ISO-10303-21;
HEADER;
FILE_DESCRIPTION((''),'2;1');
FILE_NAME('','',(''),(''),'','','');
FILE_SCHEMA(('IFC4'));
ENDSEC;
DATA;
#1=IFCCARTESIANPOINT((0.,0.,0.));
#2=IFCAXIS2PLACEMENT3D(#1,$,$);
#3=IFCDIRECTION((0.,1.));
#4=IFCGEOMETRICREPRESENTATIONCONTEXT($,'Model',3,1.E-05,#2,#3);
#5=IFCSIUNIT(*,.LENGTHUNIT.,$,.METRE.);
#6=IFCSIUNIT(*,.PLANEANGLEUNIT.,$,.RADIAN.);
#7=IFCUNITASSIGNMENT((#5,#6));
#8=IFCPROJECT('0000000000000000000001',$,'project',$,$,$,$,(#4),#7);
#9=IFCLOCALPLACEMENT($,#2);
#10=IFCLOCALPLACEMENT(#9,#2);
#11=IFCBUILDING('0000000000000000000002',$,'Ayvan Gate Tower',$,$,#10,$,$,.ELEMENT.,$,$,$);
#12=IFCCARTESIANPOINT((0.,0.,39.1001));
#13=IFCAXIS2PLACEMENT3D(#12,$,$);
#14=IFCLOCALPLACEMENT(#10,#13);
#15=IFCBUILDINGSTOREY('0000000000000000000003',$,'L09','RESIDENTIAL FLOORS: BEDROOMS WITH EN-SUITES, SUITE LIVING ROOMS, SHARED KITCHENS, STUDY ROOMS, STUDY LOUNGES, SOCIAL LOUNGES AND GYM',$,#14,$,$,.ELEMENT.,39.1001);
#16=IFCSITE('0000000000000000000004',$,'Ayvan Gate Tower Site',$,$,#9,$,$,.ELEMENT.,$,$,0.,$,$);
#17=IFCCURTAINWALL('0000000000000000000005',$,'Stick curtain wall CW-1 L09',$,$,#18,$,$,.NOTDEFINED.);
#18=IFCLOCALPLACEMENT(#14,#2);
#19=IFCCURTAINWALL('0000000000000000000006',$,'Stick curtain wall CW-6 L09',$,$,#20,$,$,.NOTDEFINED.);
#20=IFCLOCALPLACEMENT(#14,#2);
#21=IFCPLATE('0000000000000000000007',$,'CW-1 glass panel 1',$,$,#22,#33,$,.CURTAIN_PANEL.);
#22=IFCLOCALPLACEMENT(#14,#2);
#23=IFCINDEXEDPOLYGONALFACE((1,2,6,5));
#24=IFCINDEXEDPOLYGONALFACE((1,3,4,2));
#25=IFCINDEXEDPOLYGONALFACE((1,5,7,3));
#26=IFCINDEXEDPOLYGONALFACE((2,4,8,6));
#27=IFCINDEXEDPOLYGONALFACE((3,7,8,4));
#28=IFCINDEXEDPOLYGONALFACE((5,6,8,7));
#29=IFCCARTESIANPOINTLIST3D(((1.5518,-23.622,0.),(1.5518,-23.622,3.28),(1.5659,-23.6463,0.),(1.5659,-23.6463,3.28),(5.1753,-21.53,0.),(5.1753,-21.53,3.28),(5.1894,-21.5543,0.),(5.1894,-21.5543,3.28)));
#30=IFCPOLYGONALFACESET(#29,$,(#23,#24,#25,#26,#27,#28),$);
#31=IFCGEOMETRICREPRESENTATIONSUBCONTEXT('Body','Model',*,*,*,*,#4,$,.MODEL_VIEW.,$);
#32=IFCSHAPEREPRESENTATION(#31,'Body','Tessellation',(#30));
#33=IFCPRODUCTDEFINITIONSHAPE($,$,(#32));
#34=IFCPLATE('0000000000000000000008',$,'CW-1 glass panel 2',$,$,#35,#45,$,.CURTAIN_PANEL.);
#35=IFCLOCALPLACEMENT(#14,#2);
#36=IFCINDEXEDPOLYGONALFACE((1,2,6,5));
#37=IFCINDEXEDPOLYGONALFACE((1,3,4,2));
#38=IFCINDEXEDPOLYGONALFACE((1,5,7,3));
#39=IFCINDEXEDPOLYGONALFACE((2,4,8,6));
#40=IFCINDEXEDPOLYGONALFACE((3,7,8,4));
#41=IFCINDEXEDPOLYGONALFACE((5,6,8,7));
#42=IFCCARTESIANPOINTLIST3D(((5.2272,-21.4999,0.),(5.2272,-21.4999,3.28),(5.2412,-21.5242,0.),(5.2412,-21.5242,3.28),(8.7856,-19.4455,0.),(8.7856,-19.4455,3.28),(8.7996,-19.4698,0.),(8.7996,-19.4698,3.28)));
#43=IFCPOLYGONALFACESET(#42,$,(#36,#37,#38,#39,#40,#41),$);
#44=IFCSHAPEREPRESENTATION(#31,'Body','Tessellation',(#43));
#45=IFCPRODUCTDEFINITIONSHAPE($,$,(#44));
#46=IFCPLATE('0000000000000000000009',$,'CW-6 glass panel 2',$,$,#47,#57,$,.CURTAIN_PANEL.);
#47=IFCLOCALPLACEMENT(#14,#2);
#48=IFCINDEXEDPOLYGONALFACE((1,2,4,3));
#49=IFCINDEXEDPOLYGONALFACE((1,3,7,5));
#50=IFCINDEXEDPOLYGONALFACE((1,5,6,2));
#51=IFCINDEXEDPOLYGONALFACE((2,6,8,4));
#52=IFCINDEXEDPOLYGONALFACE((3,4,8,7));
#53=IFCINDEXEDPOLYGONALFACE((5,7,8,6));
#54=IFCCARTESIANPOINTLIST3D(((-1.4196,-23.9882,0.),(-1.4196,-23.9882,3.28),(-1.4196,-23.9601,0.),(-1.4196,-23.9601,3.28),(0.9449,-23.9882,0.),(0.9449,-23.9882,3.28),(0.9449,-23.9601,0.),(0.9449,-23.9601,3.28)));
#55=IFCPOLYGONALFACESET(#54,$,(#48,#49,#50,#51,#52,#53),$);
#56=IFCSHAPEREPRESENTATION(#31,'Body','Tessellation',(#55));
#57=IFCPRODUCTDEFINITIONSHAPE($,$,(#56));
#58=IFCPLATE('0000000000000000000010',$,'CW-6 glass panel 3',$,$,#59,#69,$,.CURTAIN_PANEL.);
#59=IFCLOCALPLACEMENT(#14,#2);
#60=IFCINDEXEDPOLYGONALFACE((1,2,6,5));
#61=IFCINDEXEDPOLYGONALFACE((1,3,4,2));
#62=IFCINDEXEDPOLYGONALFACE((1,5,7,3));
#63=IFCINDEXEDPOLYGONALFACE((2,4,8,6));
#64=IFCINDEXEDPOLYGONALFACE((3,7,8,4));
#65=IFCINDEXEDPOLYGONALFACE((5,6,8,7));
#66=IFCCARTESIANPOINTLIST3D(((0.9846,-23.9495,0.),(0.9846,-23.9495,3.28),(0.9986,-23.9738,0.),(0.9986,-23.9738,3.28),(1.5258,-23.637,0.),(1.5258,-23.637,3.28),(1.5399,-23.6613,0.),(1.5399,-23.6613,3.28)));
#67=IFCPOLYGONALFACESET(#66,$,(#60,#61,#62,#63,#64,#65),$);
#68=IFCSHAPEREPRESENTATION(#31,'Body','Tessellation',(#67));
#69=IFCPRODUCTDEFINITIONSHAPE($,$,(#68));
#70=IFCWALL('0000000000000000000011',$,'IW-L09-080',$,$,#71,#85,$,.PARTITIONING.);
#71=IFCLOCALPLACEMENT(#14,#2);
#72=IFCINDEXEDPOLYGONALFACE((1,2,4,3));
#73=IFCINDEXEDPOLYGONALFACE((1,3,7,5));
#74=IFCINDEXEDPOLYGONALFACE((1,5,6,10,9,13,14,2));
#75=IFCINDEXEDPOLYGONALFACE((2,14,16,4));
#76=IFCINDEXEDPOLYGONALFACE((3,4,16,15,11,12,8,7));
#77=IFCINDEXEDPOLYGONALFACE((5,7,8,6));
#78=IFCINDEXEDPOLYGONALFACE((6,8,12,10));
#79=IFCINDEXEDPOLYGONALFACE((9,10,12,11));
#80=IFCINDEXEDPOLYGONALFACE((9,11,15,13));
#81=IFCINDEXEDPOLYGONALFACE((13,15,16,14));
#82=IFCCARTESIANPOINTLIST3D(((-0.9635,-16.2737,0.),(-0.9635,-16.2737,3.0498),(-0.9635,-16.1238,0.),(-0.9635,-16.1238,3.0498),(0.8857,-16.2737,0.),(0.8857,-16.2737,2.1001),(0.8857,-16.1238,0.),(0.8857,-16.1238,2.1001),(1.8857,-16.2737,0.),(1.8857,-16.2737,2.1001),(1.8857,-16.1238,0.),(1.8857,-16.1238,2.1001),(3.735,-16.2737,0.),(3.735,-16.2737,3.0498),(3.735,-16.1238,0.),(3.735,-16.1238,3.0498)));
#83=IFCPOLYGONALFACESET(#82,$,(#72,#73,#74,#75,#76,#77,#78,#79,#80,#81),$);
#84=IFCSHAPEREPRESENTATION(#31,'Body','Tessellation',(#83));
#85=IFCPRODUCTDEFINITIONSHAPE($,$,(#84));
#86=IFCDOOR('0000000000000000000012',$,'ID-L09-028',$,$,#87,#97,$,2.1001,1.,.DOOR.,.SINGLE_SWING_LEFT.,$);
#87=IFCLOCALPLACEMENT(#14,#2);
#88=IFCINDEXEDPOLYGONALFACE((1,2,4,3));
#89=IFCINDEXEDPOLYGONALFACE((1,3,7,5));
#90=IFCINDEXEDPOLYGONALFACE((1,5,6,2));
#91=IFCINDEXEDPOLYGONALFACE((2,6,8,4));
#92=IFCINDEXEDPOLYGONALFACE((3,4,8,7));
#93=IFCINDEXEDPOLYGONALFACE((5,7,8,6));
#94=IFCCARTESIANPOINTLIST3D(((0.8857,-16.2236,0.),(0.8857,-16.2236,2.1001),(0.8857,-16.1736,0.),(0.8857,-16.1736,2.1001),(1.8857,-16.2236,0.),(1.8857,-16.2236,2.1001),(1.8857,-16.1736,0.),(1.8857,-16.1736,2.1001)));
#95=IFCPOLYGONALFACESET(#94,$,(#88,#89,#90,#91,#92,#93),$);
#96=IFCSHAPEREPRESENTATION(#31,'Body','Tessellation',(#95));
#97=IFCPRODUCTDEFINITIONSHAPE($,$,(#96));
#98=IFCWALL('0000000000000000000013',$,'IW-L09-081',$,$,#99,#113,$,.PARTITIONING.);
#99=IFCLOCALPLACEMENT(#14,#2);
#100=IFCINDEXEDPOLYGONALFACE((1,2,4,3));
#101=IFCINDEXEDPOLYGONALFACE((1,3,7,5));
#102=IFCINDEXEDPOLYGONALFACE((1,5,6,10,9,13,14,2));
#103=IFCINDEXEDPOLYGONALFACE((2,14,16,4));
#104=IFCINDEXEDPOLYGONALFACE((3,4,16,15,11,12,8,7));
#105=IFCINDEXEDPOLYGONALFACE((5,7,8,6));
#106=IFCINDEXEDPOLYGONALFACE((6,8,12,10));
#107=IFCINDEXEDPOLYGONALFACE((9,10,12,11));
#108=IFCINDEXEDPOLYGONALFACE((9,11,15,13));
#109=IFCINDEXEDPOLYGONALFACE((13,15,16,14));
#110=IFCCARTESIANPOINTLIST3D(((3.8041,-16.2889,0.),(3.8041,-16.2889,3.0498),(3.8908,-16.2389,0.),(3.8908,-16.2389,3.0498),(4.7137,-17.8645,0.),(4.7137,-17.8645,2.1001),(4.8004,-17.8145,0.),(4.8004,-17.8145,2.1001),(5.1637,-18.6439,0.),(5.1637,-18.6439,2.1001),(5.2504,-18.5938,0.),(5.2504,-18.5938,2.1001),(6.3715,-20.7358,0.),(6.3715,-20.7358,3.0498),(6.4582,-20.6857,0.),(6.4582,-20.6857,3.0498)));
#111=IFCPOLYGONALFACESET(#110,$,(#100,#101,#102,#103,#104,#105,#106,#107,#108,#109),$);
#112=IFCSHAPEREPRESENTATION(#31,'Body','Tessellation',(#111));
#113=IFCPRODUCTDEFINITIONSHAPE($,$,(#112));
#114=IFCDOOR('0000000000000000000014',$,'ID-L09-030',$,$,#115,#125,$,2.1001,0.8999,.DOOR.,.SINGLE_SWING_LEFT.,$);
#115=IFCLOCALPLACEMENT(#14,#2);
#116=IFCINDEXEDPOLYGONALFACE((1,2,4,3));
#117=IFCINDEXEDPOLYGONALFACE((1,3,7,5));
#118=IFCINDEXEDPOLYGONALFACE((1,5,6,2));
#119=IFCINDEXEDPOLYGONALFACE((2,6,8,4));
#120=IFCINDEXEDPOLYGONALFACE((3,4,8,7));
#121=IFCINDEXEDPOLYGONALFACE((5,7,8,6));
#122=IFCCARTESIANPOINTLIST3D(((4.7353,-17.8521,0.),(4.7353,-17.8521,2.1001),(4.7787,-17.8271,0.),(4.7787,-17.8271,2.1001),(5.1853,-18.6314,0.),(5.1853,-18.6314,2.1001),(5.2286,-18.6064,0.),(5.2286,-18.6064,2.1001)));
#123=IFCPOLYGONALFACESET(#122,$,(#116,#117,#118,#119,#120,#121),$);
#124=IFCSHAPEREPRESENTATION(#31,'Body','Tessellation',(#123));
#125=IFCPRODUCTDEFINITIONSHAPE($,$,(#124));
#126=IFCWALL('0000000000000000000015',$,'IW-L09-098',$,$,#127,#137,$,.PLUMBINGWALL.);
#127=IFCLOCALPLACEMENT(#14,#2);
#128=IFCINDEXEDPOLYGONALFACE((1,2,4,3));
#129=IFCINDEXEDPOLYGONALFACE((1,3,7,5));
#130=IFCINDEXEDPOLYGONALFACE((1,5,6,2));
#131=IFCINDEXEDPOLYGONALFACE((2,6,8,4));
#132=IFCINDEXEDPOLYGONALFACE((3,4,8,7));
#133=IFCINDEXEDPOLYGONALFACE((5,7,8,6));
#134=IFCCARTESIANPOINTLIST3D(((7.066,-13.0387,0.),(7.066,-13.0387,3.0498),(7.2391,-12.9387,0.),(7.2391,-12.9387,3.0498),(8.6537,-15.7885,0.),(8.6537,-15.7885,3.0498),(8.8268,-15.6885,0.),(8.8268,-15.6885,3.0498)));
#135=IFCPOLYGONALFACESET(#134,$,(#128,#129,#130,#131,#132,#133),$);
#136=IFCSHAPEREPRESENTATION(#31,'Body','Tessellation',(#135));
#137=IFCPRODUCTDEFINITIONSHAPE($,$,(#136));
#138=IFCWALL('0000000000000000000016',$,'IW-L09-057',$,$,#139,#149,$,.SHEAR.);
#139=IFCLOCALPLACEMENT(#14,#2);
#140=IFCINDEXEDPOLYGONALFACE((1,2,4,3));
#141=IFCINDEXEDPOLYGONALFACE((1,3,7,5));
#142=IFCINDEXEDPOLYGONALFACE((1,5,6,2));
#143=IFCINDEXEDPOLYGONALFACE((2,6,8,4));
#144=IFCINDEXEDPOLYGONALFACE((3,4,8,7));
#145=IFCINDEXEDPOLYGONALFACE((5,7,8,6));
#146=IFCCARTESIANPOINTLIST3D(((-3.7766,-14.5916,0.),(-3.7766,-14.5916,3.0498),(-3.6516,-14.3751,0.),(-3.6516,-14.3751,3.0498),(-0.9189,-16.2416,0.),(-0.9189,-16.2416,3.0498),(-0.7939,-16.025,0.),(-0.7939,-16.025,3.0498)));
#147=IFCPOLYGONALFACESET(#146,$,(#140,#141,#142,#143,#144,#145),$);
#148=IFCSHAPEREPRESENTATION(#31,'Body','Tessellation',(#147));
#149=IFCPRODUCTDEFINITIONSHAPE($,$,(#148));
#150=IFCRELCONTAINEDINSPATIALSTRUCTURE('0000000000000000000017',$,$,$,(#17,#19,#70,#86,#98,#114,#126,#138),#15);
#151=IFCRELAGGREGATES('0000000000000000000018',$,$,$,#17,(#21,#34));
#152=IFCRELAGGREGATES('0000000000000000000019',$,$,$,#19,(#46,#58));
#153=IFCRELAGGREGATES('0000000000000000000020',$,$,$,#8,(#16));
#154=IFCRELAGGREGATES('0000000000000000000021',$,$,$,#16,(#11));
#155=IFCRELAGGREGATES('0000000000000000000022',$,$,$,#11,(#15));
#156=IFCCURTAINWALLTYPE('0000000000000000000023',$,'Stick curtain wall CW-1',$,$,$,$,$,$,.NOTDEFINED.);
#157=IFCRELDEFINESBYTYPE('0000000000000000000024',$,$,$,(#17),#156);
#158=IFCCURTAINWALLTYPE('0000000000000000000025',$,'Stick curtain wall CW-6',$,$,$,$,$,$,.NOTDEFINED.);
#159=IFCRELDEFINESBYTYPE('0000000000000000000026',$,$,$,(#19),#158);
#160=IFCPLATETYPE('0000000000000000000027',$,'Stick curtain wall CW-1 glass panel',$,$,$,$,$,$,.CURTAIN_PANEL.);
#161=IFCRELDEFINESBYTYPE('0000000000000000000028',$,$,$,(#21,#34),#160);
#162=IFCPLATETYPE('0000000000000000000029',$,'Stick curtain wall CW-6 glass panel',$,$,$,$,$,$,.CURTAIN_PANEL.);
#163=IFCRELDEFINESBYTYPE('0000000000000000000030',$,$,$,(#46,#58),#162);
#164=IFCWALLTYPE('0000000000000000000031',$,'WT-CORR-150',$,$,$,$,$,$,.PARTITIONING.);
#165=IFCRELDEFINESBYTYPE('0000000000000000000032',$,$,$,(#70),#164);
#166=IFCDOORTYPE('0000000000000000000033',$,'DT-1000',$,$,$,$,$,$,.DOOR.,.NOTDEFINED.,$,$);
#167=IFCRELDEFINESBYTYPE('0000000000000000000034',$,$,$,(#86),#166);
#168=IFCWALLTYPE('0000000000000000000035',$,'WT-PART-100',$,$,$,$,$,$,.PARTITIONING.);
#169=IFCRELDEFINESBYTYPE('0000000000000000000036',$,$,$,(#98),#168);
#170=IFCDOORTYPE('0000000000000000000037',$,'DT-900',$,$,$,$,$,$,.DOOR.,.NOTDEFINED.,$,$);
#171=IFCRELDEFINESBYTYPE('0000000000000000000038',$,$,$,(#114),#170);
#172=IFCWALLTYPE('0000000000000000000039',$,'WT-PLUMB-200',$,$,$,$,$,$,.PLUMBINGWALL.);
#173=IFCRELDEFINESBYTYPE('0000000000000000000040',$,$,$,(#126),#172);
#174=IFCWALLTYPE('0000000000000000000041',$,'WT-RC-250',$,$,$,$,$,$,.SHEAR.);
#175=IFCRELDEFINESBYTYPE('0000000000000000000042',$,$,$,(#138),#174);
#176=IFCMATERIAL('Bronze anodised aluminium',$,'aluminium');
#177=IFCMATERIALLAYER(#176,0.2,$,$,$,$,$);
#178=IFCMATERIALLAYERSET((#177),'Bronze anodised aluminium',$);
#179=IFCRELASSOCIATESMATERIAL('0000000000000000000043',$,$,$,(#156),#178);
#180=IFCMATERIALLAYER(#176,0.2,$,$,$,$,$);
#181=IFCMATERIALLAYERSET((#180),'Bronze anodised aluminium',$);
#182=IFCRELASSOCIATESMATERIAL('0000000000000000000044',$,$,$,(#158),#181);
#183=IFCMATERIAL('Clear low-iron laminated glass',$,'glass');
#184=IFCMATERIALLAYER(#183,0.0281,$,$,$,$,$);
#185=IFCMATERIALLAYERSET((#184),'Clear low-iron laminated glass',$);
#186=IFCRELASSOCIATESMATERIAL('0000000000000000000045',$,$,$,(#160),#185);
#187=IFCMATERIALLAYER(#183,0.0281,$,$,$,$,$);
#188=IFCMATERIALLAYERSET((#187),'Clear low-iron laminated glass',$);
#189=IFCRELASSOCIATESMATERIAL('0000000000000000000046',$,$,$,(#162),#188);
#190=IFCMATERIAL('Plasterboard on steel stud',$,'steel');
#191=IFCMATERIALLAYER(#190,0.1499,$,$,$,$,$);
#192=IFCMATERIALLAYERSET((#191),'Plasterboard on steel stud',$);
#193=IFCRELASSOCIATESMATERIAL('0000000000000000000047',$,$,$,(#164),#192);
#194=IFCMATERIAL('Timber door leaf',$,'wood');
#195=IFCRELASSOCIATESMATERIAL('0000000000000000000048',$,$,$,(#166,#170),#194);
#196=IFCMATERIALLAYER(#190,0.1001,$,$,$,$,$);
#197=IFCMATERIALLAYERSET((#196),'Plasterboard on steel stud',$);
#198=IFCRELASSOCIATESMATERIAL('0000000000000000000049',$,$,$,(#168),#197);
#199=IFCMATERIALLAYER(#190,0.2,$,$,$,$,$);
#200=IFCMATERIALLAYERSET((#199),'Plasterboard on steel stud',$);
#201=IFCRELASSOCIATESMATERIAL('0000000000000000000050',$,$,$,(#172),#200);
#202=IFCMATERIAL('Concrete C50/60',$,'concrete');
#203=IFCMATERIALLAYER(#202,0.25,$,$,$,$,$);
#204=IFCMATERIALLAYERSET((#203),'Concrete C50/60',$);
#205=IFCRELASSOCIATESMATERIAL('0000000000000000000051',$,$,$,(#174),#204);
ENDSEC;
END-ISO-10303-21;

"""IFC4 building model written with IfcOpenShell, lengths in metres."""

from ifc_helpers import new_model, si_unit, direction, frame, frame_2d, origin, origin_2d, place, context, subcontext, project, spatial, rectangle, extrude, material, layer, layer_set, type_object, element, fill, aggregate, save


model = new_model("IFC4")

# Units and contexts
model_context = context("Model", 3, precision=1e-05, world=origin(), true_north=direction((0.0, 1.0)))
body_context = subcontext(model_context, "Body", "Model", "MODEL_VIEW")
ifc_project = project(units=[si_unit("LENGTHUNIT", "METRE"), si_unit("PLANEANGLEUNIT", "RADIAN")], contexts=[model_context])

# Site, building, storey
site_placement = place(None, origin())
site = spatial("IfcSite", under=ifc_project, at=site_placement, Name="Ayvan Gate Tower Site", CompositionType="ELEMENT", RefElevation=0.0)
building_placement = place(site_placement, origin())
building = spatial("IfcBuilding", under=site, at=building_placement, Name="Ayvan Gate Tower", CompositionType="ELEMENT")
storey_placement = place(building_placement, frame((0.0, 0.0, 39.1001)))
storey = spatial("IfcBuildingStorey", under=building, at=storey_placement, Name="L09", Description="RESIDENTIAL FLOORS: BEDROOMS WITH EN-SUITES, SUITE LIVING ROOMS, SHARED KITCHENS, STUDY ROOMS, STUDY LOUNGES, SOCIAL LOUNGES AND GYM", CompositionType="ELEMENT", Elevation=39.1001)

# Curtain walls
ifc_material_1 = material(Name="Bronze anodised aluminium", Category="aluminium")
ifc_layer_1 = layer(ifc_material_1, 0.2)
ifc_layer_set_1 = layer_set([ifc_layer_1], Name="Bronze anodised aluminium")
curtain_wall_type_1 = type_object("IfcCurtainWallType", Name="Stick curtain wall CW-1", PredefinedType="NOTDEFINED", material=ifc_layer_set_1)
curtain_wall_1_placement = place(storey_placement, origin())
curtain_wall_1 = element("IfcCurtainWall", 1, at=curtain_wall_1_placement, inside=storey, type_object=curtain_wall_type_1, Name="Stick curtain wall CW-1 L09", PredefinedType="NOTDEFINED")
ifc_layer_2 = layer(ifc_material_1, 0.2)
ifc_layer_set_2 = layer_set([ifc_layer_2], Name="Bronze anodised aluminium")
curtain_wall_type_2 = type_object("IfcCurtainWallType", Name="Stick curtain wall CW-6", PredefinedType="NOTDEFINED", material=ifc_layer_set_2)
curtain_wall_2_placement = place(storey_placement, origin())
curtain_wall_2 = element("IfcCurtainWall", 2, at=curtain_wall_2_placement, inside=storey, type_object=curtain_wall_type_2, Name="Stick curtain wall CW-6 L09", PredefinedType="NOTDEFINED")

# Plates
ifc_material_2 = material(Name="Clear low-iron laminated glass", Category="glass")
ifc_layer_3 = layer(ifc_material_2, 0.0281)
ifc_layer_set_3 = layer_set([ifc_layer_3], Name="Clear low-iron laminated glass")
plate_type_1 = type_object("IfcPlateType", Name="Stick curtain wall CW-1 glass panel", PredefinedType="CURTAIN_PANEL", material=ifc_layer_set_3)
plate_1_placement = place(storey_placement, frame((3.3706, -22.5881, 0.0), z_axis=(0.0, 0.0, 1.0), x_axis=(0.866025, 0.5, 0.0)))
plate_1 = element("IfcPlate", 3, at=plate_1_placement, type_object=plate_type_1, Name="CW-1 glass panel 1", PredefinedType="CURTAIN_PANEL", context=body_context, shape_type="SweptSolid", body=[
    extrude(rectangle(XDim=4.1841, YDim=0.0281, at=origin_2d()), origin(), (0.0, 0.0, 1.0), 3.28),
])
plate_2_placement = place(storey_placement, frame((7.0134, -20.4849, 0.0), z_axis=(0.0, 0.0, 1.0), x_axis=(0.866025, 0.5, 0.0)))
plate_2 = element("IfcPlate", 4, at=plate_2_placement, type_object=plate_type_1, Name="CW-1 glass panel 2", PredefinedType="CURTAIN_PANEL", context=body_context, shape_type="SweptSolid", body=[
    extrude(rectangle(XDim=4.1089, YDim=0.0281, at=origin_2d()), origin(), (0.0, 0.0, 1.0), 3.28),
])
aggregate(curtain_wall_1, [plate_1, plate_2])
ifc_layer_4 = layer(ifc_material_2, 0.0281)
ifc_layer_set_4 = layer_set([ifc_layer_4], Name="Clear low-iron laminated glass")
plate_type_2 = type_object("IfcPlateType", Name="Stick curtain wall CW-6 glass panel", PredefinedType="CURTAIN_PANEL", material=ifc_layer_set_4)
plate_3_placement = place(storey_placement, frame((-0.2373, -23.9741, 0.0), z_axis=(0.0, 0.0, 1.0), x_axis=(1.0, 0.0, 0.0)))
plate_3 = element("IfcPlate", 5, at=plate_3_placement, type_object=plate_type_2, Name="CW-6 glass panel 2", PredefinedType="CURTAIN_PANEL", context=body_context, shape_type="SweptSolid", body=[
    extrude(rectangle(XDim=2.3645, YDim=0.0281, at=origin_2d()), origin(), (0.0, 0.0, 1.0), 3.28),
])
plate_4_placement = place(storey_placement, frame((1.2622, -23.8054, 0.0), z_axis=(0.0, 0.0, 1.0), x_axis=(0.866025, 0.5, 0.0)))
plate_4 = element("IfcPlate", 6, at=plate_4_placement, type_object=plate_type_2, Name="CW-6 glass panel 3", PredefinedType="CURTAIN_PANEL", context=body_context, shape_type="SweptSolid", body=[
    extrude(rectangle(XDim=0.625, YDim=0.0281, at=origin_2d()), origin(), (0.0, 0.0, 1.0), 3.28),
])
aggregate(curtain_wall_2, [plate_3, plate_4])

# Walls, openings, doors
ifc_material_3 = material(Name="Plasterboard on steel stud", Category="steel")
ifc_layer_5 = layer(ifc_material_3, 0.1499)
ifc_layer_set_5 = layer_set([ifc_layer_5], Name="Plasterboard on steel stud")
wall_type_1 = type_object("IfcWallType", Name="WT-CORR-150", PredefinedType="PARTITIONING", material=ifc_layer_set_5)
wall_1_placement = place(storey_placement, frame((3.7349, -16.1987, 0.0), z_axis=(0.0, 0.0, 1.0), x_axis=(-1.0, 0.0, 0.0)))
wall_1 = element("IfcWall", 7, at=wall_1_placement, inside=storey, type_object=wall_type_1, Name="IW-L09-080", PredefinedType="PARTITIONING", context=body_context, shape_type="SweptSolid", body=[
    extrude(rectangle(XDim=4.6985, YDim=0.1499, at=frame_2d((2.3491, 0.0))), origin(), (0.0, 0.0, 1.0), 3.0498),
])
opening_1_placement = place(wall_1_placement, frame((1.8491, 0.0, 0.0)))
opening_1 = element("IfcOpeningElement", 8, at=opening_1_placement, cuts=wall_1, PredefinedType="OPENING", context=body_context, shape_type="SweptSolid", body=[
    extrude(rectangle(XDim=1.0, YDim=2.1001, at=frame_2d((0.5, 1.05))), frame((0.0, 0.085, 0.0), z_axis=(0.0, -1.0, 0.0), x_axis=(1.0, 0.0, 0.0)), (0.0, 0.0, 1.0), 0.1699),
])
ifc_material_4 = material(Name="Timber door leaf", Category="wood")
door_type_1 = type_object("IfcDoorType", Name="DT-1000", OperationType="NOTDEFINED", PredefinedType="DOOR", material=ifc_material_4)
door_1_placement = place(opening_1_placement, origin())
door_1 = element("IfcDoor", 9, at=door_1_placement, inside=storey, type_object=door_type_1, Name="ID-L09-028", OperationType="SINGLE_SWING_LEFT", OverallHeight=2.1001, OverallWidth=1.0, PredefinedType="DOOR", context=body_context, shape_type="SweptSolid", body=[
    extrude(rectangle(XDim=1.0, YDim=2.1001, at=frame_2d((0.5, 1.05))), frame((0.0, 0.0249, 0.0), z_axis=(0.0, -1.0, 0.0), x_axis=(1.0, 0.0, 0.0)), (0.0, 0.0, 1.0), 0.05),
])
fill(opening_1, door_1)
ifc_layer_6 = layer(ifc_material_3, 0.1001)
ifc_layer_set_6 = layer_set([ifc_layer_6], Name="Plasterboard on steel stud")
wall_type_2 = type_object("IfcWallType", Name="WT-PART-100", PredefinedType="PARTITIONING", material=ifc_layer_set_6)
wall_2_placement = place(storey_placement, frame((3.8474, -16.2639, 0.0), z_axis=(0.0, 0.0, 1.0), x_axis=(0.500005, -0.866022, 0.0)))
wall_2 = element("IfcWall", 10, at=wall_2_placement, inside=storey, type_object=wall_type_2, Name="IW-L09-081", PredefinedType="PARTITIONING", context=body_context, shape_type="SweptSolid", body=[
    extrude(rectangle(XDim=5.1348, YDim=0.1001, at=frame_2d((2.5674, 0.0))), origin(), (0.0, 0.0, 1.0), 3.0498),
])
opening_2_placement = place(wall_2_placement, frame((1.8193, 0.0, 0.0)))
opening_2 = element("IfcOpeningElement", 11, at=opening_2_placement, cuts=wall_2, PredefinedType="OPENING", context=body_context, shape_type="SweptSolid", body=[
    extrude(rectangle(XDim=0.8999, YDim=2.1001, at=frame_2d((0.45, 1.05))), frame((0.0, 0.0601, 0.0), z_axis=(0.0, -1.0, 0.0), x_axis=(1.0, 0.0, 0.0)), (0.0, 0.0, 1.0), 0.1201),
])
door_type_2 = type_object("IfcDoorType", Name="DT-900", OperationType="NOTDEFINED", PredefinedType="DOOR", material=ifc_material_4)
door_2_placement = place(opening_2_placement, origin())
door_2 = element("IfcDoor", 12, at=door_2_placement, inside=storey, type_object=door_type_2, Name="ID-L09-030", OperationType="SINGLE_SWING_LEFT", OverallHeight=2.1001, OverallWidth=0.8999, PredefinedType="DOOR", context=body_context, shape_type="SweptSolid", body=[
    extrude(rectangle(XDim=0.8999, YDim=2.1001, at=frame_2d((0.45, 1.05))), frame((0.0, 0.0249, 0.0), z_axis=(0.0, -1.0, 0.0), x_axis=(1.0, 0.0, 0.0)), (0.0, 0.0, 1.0), 0.05),
])
fill(opening_2, door_2)

# Walls
ifc_layer_7 = layer(ifc_material_3, 0.2)
ifc_layer_set_7 = layer_set([ifc_layer_7], Name="Plasterboard on steel stud")
wall_type_3 = type_object("IfcWallType", Name="WT-PLUMB-200", PredefinedType="PLUMBINGWALL", material=ifc_layer_set_7)
wall_3_placement = place(storey_placement, frame((8.7402, -15.7385, 0.0), z_axis=(0.0, 0.0, 1.0), x_axis=(-0.500018, 0.866015, 0.0)))
element("IfcWall", 13, at=wall_3_placement, inside=storey, type_object=wall_type_3, Name="IW-L09-098", PredefinedType="PLUMBINGWALL", context=body_context, shape_type="SweptSolid", body=[
    extrude(rectangle(XDim=3.1753, YDim=0.2, at=frame_2d((1.5876, 0.0))), origin(), (0.0, 0.0, 1.0), 3.0498),
])
ifc_material_5 = material(Name="Concrete C50/60", Category="concrete")
ifc_layer_8 = layer(ifc_material_5, 0.25)
ifc_layer_set_8 = layer_set([ifc_layer_8], Name="Concrete C50/60")
wall_type_4 = type_object("IfcWallType", Name="WT-RC-250", PredefinedType="SHEAR", material=ifc_layer_set_8)
wall_4_placement = place(storey_placement, frame((-0.8564, -16.1333, 0.0), z_axis=(0.0, 0.0, 1.0), x_axis=(-0.866022, 0.500006, 0.0)))
element("IfcWall", 14, at=wall_4_placement, inside=storey, type_object=wall_type_4, Name="IW-L09-057", PredefinedType="SHEAR", context=body_context, shape_type="SweptSolid", body=[
    extrude(rectangle(XDim=3.2998, YDim=0.25, at=frame_2d((1.6499, 0.0))), origin(), (0.0, 0.0, 1.0), 3.0498),
])

save(model, "model.ifc")
